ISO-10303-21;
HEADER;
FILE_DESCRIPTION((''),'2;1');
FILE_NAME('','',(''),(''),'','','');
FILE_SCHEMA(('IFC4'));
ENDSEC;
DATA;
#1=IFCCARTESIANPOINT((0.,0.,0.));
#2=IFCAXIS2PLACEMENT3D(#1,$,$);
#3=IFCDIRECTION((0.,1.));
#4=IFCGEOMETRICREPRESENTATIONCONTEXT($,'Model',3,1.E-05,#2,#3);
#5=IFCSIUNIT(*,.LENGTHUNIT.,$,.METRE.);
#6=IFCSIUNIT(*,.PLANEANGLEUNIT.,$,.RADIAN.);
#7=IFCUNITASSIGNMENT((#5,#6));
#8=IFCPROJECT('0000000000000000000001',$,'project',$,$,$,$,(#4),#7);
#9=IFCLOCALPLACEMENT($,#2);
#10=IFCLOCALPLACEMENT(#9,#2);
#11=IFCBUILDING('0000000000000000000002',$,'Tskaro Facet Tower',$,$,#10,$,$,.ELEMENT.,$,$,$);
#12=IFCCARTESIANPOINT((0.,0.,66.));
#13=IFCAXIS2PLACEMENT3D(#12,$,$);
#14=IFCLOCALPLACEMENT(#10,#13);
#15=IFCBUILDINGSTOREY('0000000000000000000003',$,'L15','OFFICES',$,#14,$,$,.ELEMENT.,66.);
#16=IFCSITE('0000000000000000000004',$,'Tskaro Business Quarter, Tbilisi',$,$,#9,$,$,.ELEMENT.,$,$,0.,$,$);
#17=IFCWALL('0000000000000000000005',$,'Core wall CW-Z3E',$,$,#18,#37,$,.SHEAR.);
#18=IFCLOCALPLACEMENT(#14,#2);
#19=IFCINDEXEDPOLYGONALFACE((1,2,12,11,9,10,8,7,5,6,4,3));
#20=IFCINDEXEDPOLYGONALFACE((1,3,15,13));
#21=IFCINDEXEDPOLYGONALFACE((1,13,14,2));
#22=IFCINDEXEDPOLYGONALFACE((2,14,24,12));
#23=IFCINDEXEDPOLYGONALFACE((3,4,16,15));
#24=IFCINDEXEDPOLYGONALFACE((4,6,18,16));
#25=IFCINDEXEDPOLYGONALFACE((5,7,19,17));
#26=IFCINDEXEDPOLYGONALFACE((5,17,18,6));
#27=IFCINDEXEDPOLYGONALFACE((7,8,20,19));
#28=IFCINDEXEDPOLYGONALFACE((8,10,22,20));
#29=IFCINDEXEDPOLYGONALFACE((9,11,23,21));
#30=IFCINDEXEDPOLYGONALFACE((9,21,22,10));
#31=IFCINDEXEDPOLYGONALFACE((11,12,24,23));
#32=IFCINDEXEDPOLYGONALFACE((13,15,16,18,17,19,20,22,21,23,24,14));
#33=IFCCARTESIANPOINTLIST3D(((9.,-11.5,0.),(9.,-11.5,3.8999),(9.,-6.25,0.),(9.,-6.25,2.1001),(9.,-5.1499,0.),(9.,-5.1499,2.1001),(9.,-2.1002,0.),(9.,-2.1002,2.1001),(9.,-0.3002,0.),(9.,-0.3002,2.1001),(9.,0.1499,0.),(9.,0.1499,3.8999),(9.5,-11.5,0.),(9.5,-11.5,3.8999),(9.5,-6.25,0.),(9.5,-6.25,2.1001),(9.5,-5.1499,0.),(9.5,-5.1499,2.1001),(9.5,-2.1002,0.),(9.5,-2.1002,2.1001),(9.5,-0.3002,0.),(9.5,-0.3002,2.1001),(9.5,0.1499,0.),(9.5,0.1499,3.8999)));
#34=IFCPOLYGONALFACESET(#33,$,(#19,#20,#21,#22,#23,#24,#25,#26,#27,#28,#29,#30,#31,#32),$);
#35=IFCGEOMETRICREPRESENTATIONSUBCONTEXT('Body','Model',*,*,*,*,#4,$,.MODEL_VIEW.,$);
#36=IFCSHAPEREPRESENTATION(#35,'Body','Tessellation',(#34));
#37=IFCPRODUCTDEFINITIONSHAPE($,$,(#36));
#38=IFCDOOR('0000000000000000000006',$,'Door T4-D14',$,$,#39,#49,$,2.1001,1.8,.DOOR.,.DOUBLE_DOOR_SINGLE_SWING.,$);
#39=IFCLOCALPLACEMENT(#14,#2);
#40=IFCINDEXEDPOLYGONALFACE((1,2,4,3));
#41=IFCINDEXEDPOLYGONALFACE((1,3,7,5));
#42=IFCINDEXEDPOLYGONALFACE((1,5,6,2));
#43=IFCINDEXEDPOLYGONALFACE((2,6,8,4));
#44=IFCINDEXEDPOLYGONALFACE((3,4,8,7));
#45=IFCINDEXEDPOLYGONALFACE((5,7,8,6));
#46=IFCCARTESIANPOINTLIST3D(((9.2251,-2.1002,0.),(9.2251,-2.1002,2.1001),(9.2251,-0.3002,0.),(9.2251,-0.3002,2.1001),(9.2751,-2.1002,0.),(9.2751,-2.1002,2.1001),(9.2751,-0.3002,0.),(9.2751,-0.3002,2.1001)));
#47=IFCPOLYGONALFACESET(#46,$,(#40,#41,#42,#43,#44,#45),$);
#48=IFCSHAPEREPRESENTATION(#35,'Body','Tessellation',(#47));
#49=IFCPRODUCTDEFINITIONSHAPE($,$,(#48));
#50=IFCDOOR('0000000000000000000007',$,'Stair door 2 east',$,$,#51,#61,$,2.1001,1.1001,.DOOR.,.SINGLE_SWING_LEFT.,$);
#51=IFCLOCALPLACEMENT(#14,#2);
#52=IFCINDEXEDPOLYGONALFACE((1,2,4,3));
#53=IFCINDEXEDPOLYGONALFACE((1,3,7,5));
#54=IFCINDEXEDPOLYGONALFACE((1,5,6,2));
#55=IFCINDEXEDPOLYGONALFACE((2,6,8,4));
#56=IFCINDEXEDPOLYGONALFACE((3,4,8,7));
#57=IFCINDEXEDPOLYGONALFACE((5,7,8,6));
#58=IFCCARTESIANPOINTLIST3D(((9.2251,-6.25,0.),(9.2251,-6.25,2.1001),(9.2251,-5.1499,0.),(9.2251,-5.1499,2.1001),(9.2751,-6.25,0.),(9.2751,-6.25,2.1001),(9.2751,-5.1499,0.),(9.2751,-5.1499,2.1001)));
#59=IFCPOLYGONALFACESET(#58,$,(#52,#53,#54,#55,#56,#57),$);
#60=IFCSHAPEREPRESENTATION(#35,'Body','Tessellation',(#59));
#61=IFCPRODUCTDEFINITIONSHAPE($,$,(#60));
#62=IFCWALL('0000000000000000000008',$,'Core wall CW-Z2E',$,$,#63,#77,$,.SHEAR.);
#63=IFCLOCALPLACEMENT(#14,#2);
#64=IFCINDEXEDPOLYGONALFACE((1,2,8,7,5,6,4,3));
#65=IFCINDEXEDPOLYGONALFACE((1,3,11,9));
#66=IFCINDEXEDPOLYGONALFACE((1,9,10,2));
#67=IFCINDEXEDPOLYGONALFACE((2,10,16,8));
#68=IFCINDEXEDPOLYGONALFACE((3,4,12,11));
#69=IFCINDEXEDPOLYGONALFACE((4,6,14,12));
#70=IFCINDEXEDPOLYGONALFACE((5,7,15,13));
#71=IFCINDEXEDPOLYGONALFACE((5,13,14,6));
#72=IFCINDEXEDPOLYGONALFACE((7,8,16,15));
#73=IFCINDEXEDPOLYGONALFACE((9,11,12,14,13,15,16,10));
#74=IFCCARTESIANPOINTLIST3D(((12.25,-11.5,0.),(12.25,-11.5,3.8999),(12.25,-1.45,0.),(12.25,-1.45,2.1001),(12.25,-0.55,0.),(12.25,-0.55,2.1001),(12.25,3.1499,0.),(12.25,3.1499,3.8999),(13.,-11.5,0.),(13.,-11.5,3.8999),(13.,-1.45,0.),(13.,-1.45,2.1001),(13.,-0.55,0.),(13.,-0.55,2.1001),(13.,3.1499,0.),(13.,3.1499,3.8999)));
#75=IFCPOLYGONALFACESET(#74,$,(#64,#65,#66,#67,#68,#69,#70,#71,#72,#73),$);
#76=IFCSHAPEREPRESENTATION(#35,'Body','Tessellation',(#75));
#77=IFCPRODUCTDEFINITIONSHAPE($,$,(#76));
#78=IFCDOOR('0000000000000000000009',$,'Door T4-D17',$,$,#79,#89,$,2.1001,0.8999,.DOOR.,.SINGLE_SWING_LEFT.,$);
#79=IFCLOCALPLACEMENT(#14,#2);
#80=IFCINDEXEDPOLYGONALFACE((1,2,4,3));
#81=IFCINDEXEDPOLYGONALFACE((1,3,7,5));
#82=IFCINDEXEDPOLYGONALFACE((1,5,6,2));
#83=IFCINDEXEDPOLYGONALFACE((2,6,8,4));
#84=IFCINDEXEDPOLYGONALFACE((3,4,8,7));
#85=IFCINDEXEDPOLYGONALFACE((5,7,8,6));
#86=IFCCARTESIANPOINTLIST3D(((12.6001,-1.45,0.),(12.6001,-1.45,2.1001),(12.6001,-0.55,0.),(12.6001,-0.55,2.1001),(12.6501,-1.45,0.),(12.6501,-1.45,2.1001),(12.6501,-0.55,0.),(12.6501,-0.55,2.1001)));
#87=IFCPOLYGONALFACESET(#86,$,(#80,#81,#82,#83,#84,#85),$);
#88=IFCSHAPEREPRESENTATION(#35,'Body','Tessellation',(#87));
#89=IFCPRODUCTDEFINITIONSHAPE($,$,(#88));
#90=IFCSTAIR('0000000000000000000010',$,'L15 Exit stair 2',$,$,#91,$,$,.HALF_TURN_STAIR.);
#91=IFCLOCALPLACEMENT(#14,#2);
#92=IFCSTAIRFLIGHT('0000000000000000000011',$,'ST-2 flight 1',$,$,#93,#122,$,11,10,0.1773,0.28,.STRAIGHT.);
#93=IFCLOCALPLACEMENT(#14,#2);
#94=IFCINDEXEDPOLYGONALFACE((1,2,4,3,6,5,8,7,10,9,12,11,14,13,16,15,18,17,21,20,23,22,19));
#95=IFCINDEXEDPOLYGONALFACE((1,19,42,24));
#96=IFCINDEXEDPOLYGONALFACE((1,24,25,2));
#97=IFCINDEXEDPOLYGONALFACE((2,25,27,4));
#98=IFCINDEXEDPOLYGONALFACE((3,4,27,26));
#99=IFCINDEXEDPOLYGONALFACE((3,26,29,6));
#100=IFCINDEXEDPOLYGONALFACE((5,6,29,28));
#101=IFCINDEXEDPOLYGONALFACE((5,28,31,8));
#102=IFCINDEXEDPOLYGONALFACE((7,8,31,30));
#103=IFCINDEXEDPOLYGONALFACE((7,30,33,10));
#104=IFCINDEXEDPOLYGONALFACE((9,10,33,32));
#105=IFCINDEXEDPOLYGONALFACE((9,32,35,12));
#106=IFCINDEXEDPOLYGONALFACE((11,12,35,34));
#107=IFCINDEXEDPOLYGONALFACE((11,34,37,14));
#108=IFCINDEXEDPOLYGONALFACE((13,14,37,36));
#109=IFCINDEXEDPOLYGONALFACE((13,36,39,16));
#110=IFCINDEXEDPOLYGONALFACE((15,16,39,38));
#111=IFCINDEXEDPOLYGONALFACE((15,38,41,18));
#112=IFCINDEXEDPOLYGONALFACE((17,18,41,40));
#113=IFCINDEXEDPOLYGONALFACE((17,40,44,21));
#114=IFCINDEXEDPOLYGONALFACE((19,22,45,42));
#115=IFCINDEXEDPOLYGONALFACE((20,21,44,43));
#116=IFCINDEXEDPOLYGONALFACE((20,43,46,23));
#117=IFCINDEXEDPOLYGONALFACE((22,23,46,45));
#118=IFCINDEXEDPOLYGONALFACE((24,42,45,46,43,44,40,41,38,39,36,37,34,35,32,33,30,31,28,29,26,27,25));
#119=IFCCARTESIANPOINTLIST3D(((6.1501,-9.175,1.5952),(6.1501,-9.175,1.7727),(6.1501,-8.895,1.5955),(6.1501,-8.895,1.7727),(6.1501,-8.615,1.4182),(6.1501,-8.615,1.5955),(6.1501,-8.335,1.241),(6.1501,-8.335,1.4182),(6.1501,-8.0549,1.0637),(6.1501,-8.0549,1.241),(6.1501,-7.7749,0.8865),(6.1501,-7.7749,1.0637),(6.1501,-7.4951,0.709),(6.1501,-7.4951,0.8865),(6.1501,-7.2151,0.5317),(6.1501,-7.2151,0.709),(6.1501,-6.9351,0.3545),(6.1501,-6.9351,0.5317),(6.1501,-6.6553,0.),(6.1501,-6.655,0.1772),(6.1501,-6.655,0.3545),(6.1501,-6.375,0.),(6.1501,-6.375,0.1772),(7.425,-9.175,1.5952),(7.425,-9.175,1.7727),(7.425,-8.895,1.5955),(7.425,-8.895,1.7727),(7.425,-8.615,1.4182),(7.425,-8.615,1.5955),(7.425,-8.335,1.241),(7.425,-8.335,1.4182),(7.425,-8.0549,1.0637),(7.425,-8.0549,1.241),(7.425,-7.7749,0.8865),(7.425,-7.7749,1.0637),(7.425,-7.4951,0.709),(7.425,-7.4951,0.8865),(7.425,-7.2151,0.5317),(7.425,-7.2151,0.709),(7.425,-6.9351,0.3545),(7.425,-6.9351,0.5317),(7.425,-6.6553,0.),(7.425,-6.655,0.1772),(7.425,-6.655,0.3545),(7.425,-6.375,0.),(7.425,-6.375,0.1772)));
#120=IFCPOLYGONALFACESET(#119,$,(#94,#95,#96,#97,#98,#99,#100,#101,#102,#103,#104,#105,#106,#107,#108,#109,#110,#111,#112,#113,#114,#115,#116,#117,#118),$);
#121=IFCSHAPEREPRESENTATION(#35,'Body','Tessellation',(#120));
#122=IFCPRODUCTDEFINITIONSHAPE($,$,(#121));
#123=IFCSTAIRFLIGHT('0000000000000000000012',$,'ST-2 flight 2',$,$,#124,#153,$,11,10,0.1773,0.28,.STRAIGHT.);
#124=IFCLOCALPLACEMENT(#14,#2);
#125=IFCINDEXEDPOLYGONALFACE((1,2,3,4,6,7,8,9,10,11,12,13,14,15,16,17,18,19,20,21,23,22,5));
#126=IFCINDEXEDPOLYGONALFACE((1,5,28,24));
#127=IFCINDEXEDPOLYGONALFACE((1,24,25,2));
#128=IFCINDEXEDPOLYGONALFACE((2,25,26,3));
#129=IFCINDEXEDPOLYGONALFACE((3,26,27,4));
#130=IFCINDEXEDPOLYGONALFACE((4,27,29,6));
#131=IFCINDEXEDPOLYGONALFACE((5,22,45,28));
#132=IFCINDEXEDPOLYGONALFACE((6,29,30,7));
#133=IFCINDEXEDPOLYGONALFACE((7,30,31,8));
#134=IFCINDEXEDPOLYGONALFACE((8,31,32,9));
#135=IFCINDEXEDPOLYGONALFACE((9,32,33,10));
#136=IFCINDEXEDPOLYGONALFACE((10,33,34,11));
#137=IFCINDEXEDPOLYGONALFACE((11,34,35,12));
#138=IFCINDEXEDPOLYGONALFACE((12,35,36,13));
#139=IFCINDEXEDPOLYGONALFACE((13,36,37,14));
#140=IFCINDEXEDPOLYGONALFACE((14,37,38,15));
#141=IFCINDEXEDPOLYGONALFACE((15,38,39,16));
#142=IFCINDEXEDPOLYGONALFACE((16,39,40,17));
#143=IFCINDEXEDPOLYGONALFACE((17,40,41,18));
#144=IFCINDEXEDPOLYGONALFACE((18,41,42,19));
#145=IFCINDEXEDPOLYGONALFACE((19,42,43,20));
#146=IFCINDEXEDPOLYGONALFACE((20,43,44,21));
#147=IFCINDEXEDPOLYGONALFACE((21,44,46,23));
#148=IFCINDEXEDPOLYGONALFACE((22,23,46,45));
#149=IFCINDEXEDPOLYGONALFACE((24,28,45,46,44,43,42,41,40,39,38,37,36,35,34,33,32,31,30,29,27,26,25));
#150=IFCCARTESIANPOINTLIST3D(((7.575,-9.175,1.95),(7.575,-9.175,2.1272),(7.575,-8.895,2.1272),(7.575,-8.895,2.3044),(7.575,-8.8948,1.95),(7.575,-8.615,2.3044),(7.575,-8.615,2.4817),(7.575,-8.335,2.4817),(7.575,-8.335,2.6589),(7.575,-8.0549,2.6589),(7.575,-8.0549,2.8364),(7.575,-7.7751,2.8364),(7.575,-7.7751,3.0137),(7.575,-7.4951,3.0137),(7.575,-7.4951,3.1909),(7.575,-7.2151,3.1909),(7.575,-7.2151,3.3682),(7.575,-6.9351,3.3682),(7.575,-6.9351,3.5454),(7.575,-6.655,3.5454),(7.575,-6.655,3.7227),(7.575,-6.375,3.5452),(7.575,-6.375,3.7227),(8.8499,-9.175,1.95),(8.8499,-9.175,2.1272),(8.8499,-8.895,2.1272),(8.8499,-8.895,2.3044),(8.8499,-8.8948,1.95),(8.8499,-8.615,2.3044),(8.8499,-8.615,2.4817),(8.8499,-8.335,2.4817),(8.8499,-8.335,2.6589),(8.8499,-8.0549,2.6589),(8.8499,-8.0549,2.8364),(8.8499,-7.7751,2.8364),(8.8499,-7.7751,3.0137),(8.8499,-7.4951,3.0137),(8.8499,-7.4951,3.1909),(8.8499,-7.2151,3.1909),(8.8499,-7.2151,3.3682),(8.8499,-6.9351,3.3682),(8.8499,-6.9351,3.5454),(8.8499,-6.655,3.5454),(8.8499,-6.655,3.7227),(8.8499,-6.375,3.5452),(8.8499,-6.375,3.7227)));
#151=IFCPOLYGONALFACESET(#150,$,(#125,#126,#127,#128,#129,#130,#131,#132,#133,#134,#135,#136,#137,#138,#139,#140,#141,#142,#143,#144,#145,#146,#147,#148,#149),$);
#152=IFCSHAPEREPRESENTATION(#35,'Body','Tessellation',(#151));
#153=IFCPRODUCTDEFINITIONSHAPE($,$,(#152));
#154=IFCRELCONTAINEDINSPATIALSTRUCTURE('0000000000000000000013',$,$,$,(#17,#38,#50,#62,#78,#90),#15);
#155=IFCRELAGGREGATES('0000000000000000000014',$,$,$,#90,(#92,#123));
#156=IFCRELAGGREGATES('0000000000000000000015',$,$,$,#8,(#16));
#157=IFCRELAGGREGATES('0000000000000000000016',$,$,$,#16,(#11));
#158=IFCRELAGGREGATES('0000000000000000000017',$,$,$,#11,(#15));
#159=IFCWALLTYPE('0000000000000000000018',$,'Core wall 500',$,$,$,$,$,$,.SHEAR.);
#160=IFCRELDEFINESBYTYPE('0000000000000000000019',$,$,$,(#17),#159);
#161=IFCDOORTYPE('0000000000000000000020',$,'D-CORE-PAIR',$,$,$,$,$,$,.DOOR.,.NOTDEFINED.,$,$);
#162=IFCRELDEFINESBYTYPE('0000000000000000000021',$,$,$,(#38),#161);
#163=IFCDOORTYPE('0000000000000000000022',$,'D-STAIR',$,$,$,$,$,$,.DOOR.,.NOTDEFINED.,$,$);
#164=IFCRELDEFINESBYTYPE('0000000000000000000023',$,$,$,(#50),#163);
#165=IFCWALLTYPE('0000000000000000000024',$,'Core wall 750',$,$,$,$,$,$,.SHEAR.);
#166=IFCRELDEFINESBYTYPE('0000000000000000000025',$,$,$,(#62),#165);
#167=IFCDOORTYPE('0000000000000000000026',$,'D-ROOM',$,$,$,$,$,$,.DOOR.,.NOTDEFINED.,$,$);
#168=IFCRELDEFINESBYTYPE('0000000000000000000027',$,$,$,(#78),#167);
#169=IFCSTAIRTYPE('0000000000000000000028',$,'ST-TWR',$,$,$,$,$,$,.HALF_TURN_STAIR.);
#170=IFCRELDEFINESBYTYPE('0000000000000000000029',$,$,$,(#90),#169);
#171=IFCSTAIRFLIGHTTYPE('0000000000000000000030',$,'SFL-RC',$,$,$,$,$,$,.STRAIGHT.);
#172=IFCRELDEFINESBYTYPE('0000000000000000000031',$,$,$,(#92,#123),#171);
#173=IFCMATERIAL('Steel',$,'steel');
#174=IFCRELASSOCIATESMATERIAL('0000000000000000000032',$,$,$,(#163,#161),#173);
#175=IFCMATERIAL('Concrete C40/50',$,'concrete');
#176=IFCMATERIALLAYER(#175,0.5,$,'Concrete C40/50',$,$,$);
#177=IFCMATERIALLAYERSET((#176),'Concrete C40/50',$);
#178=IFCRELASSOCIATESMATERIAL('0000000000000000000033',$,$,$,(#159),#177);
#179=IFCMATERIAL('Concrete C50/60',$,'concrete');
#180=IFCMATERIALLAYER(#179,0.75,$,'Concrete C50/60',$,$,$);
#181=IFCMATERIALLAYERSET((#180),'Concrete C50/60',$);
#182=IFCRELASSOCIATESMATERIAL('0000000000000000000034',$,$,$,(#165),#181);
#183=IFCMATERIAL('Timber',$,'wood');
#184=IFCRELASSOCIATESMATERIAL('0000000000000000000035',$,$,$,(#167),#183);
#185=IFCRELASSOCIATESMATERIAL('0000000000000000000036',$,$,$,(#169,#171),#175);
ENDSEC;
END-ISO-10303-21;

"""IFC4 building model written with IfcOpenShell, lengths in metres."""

from ifc_helpers import new_model, si_unit, direction, frame, frame_2d, origin, place, context, subcontext, project, spatial, polyline, rectangle, outline, extrude, material, layer, layer_set, type_object, element, fill, aggregate, save


model = new_model("IFC4")

# Units and contexts
model_context = context("Model", 3, precision=1e-05, world=origin(), true_north=direction((0.0, 1.0)))
body_context = subcontext(model_context, "Body", "Model", "MODEL_VIEW")
ifc_project = project(units=[si_unit("LENGTHUNIT", "METRE"), si_unit("PLANEANGLEUNIT", "RADIAN")], contexts=[model_context])

# Site, building, storey
site_placement = place(None, origin())
site = spatial("IfcSite", under=ifc_project, at=site_placement, Name="Tskaro Business Quarter, Tbilisi", CompositionType="ELEMENT", RefElevation=0.0)
building_placement = place(site_placement, origin())
building = spatial("IfcBuilding", under=site, at=building_placement, Name="Tskaro Facet Tower", CompositionType="ELEMENT")
storey_placement = place(building_placement, frame((0.0, 0.0, 66.0)))
storey = spatial("IfcBuildingStorey", under=building, at=storey_placement, Name="L15", Description="OFFICES", CompositionType="ELEMENT", Elevation=66.0)

# Shared definitions
ifc_material_1 = material(Name="Steel", Category="steel")
door_type_1 = type_object("IfcDoorType", Name="D-STAIR", OperationType="NOTDEFINED", PredefinedType="DOOR", material=ifc_material_1)

# Shared definitions
door_type_2 = type_object("IfcDoorType", Name="D-CORE-PAIR", OperationType="NOTDEFINED", PredefinedType="DOOR", material=ifc_material_1)

# Wall, openings, doors
ifc_material_2 = material(Name="Concrete C40/50", Category="concrete")
ifc_layer_1 = layer(ifc_material_2, 0.5, Name="Concrete C40/50")
ifc_layer_set_1 = layer_set([ifc_layer_1], Name="Concrete C40/50")
wall_type_1 = type_object("IfcWallType", Name="Core wall 500", PredefinedType="SHEAR", material=ifc_layer_set_1)
wall_1_placement = place(storey_placement, frame((9.25, -11.5, 0.0), z_axis=(0.0, 0.0, 1.0), x_axis=(0.0, 1.0, 0.0)))
wall_1 = element("IfcWall", 1, at=wall_1_placement, inside=storey, type_object=wall_type_1, Name="Core wall CW-Z3E", PredefinedType="SHEAR", context=body_context, shape_type="SweptSolid", body=[
    extrude(rectangle(XDim=11.6499, YDim=0.5, at=frame_2d((5.825, 0.0))), origin(), (0.0, 0.0, 1.0), 3.8999),
])
opening_1_placement = place(wall_1_placement, frame((9.3999, 0.0, 0.0)))
opening_1 = element("IfcOpeningElement", 2, at=opening_1_placement, cuts=wall_1, PredefinedType="OPENING", context=body_context, shape_type="SweptSolid", body=[
    extrude(rectangle(XDim=1.8, YDim=2.1001, at=frame_2d((0.8999, 1.05))), frame((0.0, 0.26, 0.0), z_axis=(0.0, -1.0, 0.0), x_axis=(1.0, 0.0, 0.0)), (0.0, 0.0, 1.0), 0.52),
])
opening_2_placement = place(wall_1_placement, frame((5.25, 0.0, 0.0)))
opening_2 = element("IfcOpeningElement", 3, at=opening_2_placement, cuts=wall_1, PredefinedType="OPENING", context=body_context, shape_type="SweptSolid", body=[
    extrude(rectangle(XDim=1.1001, YDim=2.1001, at=frame_2d((0.55, 1.05))), frame((0.0, 0.26, 0.0), z_axis=(0.0, -1.0, 0.0), x_axis=(1.0, 0.0, 0.0)), (0.0, 0.0, 1.0), 0.52),
])
door_1_placement = place(opening_1_placement, origin())
door_1 = element("IfcDoor", 4, at=door_1_placement, inside=storey, type_object=door_type_2, Name="Door T4-D14", OperationType="DOUBLE_DOOR_SINGLE_SWING", OverallHeight=2.1001, OverallWidth=1.8, PredefinedType="DOOR", context=body_context, shape_type="SweptSolid", body=[
    extrude(rectangle(XDim=1.8, YDim=2.1001, at=frame_2d((0.8999, 1.05))), frame((0.0, 0.0249, 0.0), z_axis=(0.0, -1.0, 0.0), x_axis=(1.0, 0.0, 0.0)), (0.0, 0.0, 1.0), 0.05),
])
fill(opening_1, door_1)
door_2_placement = place(opening_2_placement, origin())
door_2 = element("IfcDoor", 5, at=door_2_placement, inside=storey, type_object=door_type_1, Name="Stair door 2 east", OperationType="SINGLE_SWING_LEFT", OverallHeight=2.1001, OverallWidth=1.1001, PredefinedType="DOOR", context=body_context, shape_type="SweptSolid", body=[
    extrude(rectangle(XDim=1.1001, YDim=2.1001, at=frame_2d((0.55, 1.05))), frame((0.0, 0.0249, 0.0), z_axis=(0.0, -1.0, 0.0), x_axis=(1.0, 0.0, 0.0)), (0.0, 0.0, 1.0), 0.05),
])
fill(opening_2, door_2)

# Wall, opening, door
ifc_material_3 = material(Name="Concrete C50/60", Category="concrete")
ifc_layer_2 = layer(ifc_material_3, 0.75, Name="Concrete C50/60")
ifc_layer_set_2 = layer_set([ifc_layer_2], Name="Concrete C50/60")
wall_type_2 = type_object("IfcWallType", Name="Core wall 750", PredefinedType="SHEAR", material=ifc_layer_set_2)
wall_2_placement = place(storey_placement, frame((12.625, -11.5, 0.0), z_axis=(0.0, 0.0, 1.0), x_axis=(0.0, 1.0, 0.0)))
wall_2 = element("IfcWall", 6, at=wall_2_placement, inside=storey, type_object=wall_type_2, Name="Core wall CW-Z2E", PredefinedType="SHEAR", context=body_context, shape_type="SweptSolid", body=[
    extrude(rectangle(XDim=14.6499, YDim=0.75, at=frame_2d((7.325, 0.0))), origin(), (0.0, 0.0, 1.0), 3.8999),
])
opening_3_placement = place(wall_2_placement, frame((10.05, 0.0, 0.0)))
opening_3 = element("IfcOpeningElement", 7, at=opening_3_placement, cuts=wall_2, PredefinedType="OPENING", context=body_context, shape_type="SweptSolid", body=[
    extrude(rectangle(XDim=0.8999, YDim=2.1001, at=frame_2d((0.45, 1.05))), frame((0.0, 0.385, 0.0), z_axis=(0.0, -1.0, 0.0), x_axis=(1.0, 0.0, 0.0)), (0.0, 0.0, 1.0), 0.77),
])
ifc_material_4 = material(Name="Timber", Category="wood")
door_type_3 = type_object("IfcDoorType", Name="D-ROOM", OperationType="NOTDEFINED", PredefinedType="DOOR", material=ifc_material_4)
door_3_placement = place(opening_3_placement, origin())
door_3 = element("IfcDoor", 8, at=door_3_placement, inside=storey, type_object=door_type_3, Name="Door T4-D17", OperationType="SINGLE_SWING_LEFT", OverallHeight=2.1001, OverallWidth=0.8999, PredefinedType="DOOR", context=body_context, shape_type="SweptSolid", body=[
    extrude(rectangle(XDim=0.8999, YDim=2.1001, at=frame_2d((0.45, 1.05))), frame((0.0, 0.0249, 0.0), z_axis=(0.0, -1.0, 0.0), x_axis=(1.0, 0.0, 0.0)), (0.0, 0.0, 1.0), 0.05),
])
fill(opening_3, door_3)

# Stair, stair flights
stair_type = type_object("IfcStairType", Name="ST-TWR", PredefinedType="HALF_TURN_STAIR", material=ifc_material_2)
stair_placement = place(storey_placement, origin())
stair = element("IfcStair", 9, at=stair_placement, inside=storey, type_object=stair_type, Name="L15 Exit stair 2", PredefinedType="HALF_TURN_STAIR")
stair_flight_type = type_object("IfcStairFlightType", Name="SFL-RC", PredefinedType="STRAIGHT", material=ifc_material_2)
stair_flight_1_placement = place(storey_placement, frame((6.7876, -6.375, 0.0), z_axis=(0.0, 0.0, 1.0), x_axis=(0.0, -1.0, 0.0)))
stair_flight_1 = element("IfcStairFlight", 10, at=stair_flight_1_placement, type_object=stair_flight_type, Name="ST-2 flight 1", NumberOfRisers=11, NumberOfTreads=10, PredefinedType="STRAIGHT", RiserHeight=0.1773, TreadLength=0.28, context=body_context, shape_type="SweptSolid", body=[
    extrude(outline(polyline([(0.0, 0.0), (0.0, 0.1772), (0.28, 0.1772), (0.28, 0.3545), (0.5601, 0.3545), (0.5601, 0.5317), (0.8401, 0.5317), (0.8401, 0.709), (1.1201, 0.709), (1.1201, 0.8865), (1.3999, 0.8865), (1.3999, 1.0637), (1.6799, 1.0637), (1.6799, 1.241), (1.96, 1.241), (1.96, 1.4182), (2.24, 1.4182), (2.24, 1.5955), (2.52, 1.5955), (2.52, 1.7727), (2.8, 1.7727), (2.8, 1.95), (2.8, 1.5952), (0.2803, 0.0), (0.0, 0.0)])), frame((0.0, 0.6375, 0.0), z_axis=(0.0, -1.0, 0.0), x_axis=(1.0, 0.0, 0.0)), (0.0, 0.0, 1.0), 1.2749),
])
stair_flight_2_placement = place(storey_placement, frame((8.2124, -9.175, 1.95), z_axis=(0.0, 0.0, 1.0), x_axis=(0.0, 1.0, 0.0)))
stair_flight_2 = element("IfcStairFlight", 11, at=stair_flight_2_placement, type_object=stair_flight_type, Name="ST-2 flight 2", NumberOfRisers=11, NumberOfTreads=10, PredefinedType="STRAIGHT", RiserHeight=0.1773, TreadLength=0.28, context=body_context, shape_type="SweptSolid", body=[
    extrude(outline(polyline([(0.0, 0.0), (0.0, 0.1772), (0.28, 0.1772), (0.28, 0.3545), (0.5601, 0.3545), (0.5601, 0.5317), (0.8401, 0.5317), (0.8401, 0.709), (1.1201, 0.709), (1.1201, 0.8865), (1.3999, 0.8865), (1.3999, 1.0637), (1.6799, 1.0637), (1.6799, 1.241), (1.96, 1.241), (1.96, 1.4182), (2.24, 1.4182), (2.24, 1.5955), (2.52, 1.5955), (2.52, 1.7727), (2.8, 1.7727), (2.8, 1.95), (2.8, 1.5952), (0.2803, 0.0), (0.0, 0.0)])), frame((0.0, 0.6375, 0.0), z_axis=(0.0, -1.0, 0.0), x_axis=(1.0, 0.0, 0.0)), (0.0, 0.0, 1.0), 1.2749),
])
aggregate(stair, [stair_flight_1, stair_flight_2])

save(model, "model.ifc")
